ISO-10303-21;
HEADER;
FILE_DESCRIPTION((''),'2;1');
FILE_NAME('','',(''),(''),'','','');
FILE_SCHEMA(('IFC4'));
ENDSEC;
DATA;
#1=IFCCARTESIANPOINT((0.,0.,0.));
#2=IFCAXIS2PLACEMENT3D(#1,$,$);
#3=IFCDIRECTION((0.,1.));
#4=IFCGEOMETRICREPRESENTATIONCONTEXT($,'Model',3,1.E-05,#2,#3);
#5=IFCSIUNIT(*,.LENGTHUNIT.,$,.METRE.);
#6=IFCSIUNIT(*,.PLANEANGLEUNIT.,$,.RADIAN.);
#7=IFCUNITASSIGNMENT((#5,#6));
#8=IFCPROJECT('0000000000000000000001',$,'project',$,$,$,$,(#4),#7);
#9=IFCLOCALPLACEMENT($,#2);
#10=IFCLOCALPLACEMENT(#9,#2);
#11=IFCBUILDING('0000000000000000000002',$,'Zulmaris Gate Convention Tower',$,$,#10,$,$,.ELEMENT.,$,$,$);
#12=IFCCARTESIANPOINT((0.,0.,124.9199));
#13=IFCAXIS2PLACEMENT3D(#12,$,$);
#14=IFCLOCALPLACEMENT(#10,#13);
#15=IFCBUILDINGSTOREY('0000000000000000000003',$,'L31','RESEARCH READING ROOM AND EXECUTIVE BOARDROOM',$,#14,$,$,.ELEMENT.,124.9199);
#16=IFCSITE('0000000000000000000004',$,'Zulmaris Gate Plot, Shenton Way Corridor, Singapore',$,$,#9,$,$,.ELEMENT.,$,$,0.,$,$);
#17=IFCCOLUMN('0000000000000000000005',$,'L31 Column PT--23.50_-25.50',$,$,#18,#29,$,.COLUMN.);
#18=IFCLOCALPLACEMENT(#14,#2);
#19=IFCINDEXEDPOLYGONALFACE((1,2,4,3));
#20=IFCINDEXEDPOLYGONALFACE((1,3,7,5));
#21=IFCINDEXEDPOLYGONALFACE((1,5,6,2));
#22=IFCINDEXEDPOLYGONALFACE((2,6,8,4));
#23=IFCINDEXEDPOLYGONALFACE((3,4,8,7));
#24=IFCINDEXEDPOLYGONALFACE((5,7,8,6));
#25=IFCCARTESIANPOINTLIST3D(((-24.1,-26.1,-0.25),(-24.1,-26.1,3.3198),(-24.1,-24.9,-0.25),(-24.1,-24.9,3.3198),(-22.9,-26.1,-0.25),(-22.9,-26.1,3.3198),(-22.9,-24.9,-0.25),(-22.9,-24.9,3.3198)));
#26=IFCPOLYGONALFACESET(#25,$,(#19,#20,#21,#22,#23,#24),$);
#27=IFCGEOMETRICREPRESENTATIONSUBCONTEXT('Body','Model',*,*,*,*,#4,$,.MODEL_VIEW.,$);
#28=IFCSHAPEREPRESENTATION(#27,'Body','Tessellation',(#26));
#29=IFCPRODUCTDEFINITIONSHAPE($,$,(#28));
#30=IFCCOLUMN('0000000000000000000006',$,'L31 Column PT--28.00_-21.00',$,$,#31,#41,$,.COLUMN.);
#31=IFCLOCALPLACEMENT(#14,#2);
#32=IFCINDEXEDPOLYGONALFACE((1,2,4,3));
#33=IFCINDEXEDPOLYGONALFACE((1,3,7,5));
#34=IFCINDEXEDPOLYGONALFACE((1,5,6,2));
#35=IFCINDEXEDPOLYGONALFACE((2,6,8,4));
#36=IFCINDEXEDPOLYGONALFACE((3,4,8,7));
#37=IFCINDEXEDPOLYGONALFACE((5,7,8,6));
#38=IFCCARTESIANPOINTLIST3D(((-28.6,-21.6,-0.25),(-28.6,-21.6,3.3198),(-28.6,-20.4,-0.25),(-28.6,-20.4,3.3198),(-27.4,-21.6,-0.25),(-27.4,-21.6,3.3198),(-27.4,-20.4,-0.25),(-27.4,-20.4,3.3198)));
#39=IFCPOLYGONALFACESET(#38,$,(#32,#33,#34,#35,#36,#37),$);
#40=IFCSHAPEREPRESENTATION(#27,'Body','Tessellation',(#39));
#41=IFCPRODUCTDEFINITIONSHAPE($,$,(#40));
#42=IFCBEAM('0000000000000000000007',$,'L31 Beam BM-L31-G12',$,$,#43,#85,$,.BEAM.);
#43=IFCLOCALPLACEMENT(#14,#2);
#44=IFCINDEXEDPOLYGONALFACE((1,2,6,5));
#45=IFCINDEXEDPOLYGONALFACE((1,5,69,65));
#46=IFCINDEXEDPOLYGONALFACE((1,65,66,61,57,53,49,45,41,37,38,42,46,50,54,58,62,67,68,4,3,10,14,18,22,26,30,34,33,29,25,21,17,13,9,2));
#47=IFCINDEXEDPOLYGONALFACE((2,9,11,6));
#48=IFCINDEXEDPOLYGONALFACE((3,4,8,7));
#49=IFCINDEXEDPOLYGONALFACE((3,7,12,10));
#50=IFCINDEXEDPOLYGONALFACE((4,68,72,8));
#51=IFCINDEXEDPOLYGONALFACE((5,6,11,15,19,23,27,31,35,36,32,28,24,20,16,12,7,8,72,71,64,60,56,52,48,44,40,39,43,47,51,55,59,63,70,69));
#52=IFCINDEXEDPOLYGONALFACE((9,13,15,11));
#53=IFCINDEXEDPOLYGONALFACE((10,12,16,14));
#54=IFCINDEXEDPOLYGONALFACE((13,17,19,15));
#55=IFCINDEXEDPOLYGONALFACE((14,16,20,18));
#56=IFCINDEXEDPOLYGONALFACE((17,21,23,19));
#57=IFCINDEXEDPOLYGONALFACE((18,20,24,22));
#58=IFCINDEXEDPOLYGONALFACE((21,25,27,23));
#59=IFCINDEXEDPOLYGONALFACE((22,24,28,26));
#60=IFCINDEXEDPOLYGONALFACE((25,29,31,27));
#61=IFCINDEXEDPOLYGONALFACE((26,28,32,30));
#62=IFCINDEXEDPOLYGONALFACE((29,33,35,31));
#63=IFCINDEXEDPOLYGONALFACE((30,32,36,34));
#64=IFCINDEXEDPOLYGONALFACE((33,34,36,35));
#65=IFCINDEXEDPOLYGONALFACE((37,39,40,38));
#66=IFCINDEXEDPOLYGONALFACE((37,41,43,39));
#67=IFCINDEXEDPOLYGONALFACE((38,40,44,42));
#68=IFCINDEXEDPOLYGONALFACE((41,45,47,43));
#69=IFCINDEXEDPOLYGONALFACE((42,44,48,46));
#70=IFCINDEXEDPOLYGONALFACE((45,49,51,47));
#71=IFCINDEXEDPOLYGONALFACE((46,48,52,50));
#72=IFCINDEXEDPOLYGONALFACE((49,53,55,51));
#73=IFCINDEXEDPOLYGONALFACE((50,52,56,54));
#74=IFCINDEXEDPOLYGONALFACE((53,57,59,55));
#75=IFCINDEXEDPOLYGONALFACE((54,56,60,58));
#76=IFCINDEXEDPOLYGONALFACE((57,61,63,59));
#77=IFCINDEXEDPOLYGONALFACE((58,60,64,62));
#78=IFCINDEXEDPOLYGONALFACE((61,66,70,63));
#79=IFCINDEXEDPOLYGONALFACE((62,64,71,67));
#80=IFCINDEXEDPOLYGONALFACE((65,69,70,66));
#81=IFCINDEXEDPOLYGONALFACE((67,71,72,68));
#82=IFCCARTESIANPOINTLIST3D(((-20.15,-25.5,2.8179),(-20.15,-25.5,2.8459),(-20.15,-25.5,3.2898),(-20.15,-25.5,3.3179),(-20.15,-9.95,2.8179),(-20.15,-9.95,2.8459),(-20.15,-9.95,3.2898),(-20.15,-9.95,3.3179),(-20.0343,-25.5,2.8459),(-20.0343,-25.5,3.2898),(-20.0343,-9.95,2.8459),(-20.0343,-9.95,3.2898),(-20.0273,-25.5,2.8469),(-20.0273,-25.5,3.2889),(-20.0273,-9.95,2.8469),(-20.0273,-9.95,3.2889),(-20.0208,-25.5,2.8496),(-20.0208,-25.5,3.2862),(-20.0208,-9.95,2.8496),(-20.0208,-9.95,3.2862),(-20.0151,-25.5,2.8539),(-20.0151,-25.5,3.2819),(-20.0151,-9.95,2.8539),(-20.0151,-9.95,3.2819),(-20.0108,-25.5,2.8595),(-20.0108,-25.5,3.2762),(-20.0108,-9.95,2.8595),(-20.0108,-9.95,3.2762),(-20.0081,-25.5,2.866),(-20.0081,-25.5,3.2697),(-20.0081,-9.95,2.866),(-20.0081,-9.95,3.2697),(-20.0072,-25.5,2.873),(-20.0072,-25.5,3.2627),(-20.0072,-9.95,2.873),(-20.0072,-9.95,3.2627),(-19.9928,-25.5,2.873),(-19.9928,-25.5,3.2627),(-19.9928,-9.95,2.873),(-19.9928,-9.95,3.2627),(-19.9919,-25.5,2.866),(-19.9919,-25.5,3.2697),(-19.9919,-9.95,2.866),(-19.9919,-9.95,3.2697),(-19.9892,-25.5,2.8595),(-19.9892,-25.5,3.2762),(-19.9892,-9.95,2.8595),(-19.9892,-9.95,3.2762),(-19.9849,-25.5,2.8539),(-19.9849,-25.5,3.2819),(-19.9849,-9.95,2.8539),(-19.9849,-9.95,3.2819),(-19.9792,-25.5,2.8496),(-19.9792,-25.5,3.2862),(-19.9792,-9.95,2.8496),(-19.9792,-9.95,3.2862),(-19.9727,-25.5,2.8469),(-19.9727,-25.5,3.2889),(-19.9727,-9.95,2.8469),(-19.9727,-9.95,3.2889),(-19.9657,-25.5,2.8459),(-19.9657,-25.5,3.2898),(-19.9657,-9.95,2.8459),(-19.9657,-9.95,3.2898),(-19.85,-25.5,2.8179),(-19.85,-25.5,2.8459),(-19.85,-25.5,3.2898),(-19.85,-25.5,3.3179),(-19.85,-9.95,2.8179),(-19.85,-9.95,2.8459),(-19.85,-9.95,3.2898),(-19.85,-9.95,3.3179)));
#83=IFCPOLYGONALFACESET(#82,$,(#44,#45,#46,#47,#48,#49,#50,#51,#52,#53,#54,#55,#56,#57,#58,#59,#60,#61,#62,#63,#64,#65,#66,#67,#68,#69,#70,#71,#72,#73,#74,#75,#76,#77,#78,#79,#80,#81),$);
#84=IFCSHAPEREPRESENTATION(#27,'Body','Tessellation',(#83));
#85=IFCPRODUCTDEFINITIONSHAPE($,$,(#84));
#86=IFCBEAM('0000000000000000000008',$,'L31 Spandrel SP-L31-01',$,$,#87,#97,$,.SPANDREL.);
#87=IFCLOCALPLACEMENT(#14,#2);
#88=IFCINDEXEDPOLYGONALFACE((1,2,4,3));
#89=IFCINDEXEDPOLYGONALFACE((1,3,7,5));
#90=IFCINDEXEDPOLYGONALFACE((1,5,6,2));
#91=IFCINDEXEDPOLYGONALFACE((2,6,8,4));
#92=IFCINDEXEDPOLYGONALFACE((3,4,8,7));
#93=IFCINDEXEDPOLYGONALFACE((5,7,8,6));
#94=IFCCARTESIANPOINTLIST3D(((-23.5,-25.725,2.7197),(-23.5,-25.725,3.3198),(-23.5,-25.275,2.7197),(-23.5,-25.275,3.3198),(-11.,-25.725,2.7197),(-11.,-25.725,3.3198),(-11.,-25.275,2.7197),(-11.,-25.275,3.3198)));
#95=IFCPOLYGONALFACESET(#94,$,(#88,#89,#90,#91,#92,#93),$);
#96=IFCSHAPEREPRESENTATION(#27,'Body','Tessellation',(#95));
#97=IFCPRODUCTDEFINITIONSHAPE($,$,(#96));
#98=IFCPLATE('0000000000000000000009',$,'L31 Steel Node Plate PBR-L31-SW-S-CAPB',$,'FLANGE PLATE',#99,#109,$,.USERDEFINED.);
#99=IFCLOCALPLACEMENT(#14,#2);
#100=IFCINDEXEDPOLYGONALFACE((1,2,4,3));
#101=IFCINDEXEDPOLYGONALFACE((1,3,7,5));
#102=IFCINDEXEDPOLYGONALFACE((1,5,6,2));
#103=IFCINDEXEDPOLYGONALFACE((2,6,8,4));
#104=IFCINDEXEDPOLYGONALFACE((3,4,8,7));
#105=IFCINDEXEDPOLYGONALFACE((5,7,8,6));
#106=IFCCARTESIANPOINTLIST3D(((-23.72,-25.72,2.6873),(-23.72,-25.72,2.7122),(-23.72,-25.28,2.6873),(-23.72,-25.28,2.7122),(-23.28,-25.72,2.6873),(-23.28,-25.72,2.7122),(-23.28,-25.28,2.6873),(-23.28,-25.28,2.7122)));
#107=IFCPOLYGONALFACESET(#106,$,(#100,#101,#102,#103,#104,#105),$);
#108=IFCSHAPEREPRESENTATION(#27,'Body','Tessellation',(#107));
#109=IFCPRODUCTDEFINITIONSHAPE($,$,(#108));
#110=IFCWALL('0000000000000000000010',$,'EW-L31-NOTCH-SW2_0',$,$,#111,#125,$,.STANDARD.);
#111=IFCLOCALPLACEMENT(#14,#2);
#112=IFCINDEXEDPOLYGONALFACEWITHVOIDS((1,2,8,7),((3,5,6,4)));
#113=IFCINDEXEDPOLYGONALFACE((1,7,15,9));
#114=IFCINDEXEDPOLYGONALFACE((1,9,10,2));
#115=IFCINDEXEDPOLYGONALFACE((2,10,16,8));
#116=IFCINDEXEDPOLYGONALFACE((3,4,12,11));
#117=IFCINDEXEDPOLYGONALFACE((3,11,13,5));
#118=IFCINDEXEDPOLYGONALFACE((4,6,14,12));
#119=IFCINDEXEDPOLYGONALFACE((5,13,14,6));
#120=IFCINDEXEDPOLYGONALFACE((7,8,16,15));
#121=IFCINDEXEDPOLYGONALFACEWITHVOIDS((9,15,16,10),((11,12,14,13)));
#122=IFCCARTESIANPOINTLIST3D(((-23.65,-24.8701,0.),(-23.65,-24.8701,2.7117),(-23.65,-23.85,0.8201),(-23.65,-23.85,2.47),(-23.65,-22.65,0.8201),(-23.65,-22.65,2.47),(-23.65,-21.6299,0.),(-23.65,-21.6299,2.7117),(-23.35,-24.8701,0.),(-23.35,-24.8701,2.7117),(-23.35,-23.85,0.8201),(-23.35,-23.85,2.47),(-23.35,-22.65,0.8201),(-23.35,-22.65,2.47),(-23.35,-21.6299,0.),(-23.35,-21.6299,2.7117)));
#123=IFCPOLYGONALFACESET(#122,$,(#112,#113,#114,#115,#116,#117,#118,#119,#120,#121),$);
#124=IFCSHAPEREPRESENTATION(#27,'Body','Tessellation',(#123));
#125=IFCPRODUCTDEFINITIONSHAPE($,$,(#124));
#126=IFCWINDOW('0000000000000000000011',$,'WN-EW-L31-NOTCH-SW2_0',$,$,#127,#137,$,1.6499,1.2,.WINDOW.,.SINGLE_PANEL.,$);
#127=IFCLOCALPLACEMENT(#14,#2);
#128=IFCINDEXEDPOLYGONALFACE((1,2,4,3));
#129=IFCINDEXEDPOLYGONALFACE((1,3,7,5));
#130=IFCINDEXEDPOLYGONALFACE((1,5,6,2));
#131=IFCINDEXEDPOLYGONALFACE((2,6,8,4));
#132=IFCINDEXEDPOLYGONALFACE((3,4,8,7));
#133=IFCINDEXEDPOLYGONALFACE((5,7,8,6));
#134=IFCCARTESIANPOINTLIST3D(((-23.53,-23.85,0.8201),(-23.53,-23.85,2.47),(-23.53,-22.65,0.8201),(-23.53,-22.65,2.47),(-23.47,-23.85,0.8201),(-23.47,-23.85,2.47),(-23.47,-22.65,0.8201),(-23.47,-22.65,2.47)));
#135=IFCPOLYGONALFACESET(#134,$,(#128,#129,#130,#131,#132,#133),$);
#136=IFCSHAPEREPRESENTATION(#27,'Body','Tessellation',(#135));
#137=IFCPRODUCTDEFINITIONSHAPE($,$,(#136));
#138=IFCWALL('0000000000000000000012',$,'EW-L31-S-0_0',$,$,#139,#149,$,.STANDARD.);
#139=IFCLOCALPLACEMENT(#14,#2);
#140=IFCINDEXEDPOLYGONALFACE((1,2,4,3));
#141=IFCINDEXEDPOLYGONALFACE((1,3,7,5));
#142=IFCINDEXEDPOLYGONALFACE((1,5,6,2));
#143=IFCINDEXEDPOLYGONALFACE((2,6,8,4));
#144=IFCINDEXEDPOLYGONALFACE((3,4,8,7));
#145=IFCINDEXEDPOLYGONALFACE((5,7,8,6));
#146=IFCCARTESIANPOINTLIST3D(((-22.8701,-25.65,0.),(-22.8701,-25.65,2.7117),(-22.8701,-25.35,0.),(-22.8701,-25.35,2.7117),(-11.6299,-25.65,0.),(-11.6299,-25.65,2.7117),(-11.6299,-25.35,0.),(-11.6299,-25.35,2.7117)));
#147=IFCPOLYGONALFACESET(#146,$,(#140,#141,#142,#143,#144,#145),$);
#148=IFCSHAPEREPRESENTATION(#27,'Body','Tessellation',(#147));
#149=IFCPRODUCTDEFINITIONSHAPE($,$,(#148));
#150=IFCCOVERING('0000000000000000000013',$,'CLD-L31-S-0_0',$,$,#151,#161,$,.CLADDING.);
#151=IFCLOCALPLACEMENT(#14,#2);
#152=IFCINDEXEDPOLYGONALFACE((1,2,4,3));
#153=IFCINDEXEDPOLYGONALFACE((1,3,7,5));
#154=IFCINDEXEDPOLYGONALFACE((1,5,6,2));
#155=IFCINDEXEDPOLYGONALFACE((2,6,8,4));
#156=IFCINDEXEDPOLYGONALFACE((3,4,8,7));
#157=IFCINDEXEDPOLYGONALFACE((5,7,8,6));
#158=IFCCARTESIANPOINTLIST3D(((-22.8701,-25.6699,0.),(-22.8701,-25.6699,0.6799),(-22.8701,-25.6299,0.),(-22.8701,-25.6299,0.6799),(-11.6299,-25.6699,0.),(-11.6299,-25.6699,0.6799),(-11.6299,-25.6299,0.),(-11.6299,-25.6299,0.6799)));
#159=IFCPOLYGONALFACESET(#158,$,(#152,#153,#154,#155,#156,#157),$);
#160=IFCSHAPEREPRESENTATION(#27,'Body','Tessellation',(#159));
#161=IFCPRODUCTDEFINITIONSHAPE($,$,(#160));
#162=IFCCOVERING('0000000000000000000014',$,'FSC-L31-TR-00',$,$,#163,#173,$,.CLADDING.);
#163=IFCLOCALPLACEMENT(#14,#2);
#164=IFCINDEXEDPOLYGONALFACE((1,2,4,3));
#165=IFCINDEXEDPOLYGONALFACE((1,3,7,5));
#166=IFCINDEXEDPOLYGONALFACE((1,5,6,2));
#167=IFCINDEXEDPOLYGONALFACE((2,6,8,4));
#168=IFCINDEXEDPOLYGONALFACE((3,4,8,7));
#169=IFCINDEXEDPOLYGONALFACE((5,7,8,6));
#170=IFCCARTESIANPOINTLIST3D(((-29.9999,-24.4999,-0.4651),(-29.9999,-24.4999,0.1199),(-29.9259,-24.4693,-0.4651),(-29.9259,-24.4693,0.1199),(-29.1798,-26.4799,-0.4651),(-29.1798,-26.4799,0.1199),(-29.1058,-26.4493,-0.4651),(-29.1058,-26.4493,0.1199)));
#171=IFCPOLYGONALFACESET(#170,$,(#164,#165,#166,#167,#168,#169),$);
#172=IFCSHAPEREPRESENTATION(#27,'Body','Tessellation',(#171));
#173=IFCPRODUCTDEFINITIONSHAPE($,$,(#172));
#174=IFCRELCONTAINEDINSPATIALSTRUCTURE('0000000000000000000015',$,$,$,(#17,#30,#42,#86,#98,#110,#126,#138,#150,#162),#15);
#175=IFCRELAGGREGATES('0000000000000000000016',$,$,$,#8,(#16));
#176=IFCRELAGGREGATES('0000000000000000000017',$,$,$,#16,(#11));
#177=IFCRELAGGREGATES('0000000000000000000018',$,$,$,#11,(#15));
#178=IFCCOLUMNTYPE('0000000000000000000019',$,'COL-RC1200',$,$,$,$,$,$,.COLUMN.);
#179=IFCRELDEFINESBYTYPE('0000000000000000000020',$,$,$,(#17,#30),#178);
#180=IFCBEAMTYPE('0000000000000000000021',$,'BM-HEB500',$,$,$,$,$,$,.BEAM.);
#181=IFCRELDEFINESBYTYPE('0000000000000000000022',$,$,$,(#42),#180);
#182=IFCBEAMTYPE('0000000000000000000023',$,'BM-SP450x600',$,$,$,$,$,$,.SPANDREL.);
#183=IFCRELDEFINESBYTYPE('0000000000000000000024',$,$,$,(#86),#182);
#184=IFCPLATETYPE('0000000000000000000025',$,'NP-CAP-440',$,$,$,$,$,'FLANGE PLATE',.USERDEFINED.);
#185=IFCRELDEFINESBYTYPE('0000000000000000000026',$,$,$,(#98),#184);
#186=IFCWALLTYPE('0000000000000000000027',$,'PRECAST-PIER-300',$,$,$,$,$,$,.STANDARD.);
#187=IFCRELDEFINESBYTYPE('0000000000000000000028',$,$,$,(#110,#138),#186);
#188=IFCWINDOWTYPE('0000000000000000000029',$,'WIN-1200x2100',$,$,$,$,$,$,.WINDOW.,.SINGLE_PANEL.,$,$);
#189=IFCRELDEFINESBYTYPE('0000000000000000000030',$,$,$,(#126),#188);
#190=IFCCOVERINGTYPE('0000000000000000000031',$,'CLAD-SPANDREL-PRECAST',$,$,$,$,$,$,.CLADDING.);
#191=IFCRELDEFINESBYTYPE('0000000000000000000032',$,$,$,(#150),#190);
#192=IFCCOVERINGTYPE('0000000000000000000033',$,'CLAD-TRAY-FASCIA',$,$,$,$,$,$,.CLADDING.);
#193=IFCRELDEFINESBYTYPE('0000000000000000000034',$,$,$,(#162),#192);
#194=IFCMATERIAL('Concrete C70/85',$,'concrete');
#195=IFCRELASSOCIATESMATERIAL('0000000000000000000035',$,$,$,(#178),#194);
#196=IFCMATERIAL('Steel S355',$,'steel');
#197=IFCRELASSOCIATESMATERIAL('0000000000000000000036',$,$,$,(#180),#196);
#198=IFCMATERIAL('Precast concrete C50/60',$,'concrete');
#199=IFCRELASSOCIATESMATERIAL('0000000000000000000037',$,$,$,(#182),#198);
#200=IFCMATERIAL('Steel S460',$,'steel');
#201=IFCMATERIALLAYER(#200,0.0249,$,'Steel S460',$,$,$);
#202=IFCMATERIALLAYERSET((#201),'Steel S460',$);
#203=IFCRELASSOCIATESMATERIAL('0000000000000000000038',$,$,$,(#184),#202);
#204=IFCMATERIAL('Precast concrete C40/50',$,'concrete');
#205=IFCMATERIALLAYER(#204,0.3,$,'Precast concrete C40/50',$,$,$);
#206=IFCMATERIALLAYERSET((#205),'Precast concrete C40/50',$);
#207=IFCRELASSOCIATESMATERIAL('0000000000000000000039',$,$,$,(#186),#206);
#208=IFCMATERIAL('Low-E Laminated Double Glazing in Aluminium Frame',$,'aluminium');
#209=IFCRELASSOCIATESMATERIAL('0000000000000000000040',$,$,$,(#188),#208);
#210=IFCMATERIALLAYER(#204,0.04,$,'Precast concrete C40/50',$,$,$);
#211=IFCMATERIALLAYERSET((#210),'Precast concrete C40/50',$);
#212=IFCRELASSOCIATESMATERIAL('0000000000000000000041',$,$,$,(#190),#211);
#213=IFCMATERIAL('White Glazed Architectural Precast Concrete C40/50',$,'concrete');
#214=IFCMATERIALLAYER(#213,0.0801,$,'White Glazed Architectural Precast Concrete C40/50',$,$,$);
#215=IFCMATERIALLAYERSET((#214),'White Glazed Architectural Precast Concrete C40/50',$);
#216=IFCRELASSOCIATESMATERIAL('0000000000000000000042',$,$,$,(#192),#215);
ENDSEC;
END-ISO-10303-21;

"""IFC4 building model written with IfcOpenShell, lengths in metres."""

from ifc_helpers import new_model, si_unit, direction, frame, frame_2d, origin, origin_2d, place, context, subcontext, project, spatial, rectangle, i_section, extrude, material, layer, layer_set, material_profile, profile_set, type_object, element, fill, save


model = new_model("IFC4")

# Units and contexts
model_context = context("Model", 3, precision=1e-05, world=origin(), true_north=direction((0.0, 1.0)))
body_context = subcontext(model_context, "Body", "Model", "MODEL_VIEW")
ifc_project = project(units=[si_unit("LENGTHUNIT", "METRE"), si_unit("PLANEANGLEUNIT", "RADIAN")], contexts=[model_context])

# Site, building, storey
site_placement = place(None, origin())
site = spatial("IfcSite", under=ifc_project, at=site_placement, Name="Zulmaris Gate Plot, Shenton Way Corridor, Singapore", CompositionType="ELEMENT", RefElevation=0.0)
building_placement = place(site_placement, origin())
building = spatial("IfcBuilding", under=site, at=building_placement, Name="Zulmaris Gate Convention Tower", CompositionType="ELEMENT")
storey_placement = place(building_placement, frame((0.0, 0.0, 124.9199)))
storey = spatial("IfcBuildingStorey", under=building, at=storey_placement, Name="L31", Description="RESEARCH READING ROOM AND EXECUTIVE BOARDROOM", CompositionType="ELEMENT", Elevation=124.9199)

# Columns
ifc_material_1 = material(Name="Concrete C70/85", Category="concrete")
ifc_material_profile_1 = material_profile(ifc_material_1, rectangle(XDim=1.2, YDim=1.2, at=origin_2d()), Name="RC COL 1200x1200")
ifc_profile_set_1 = profile_set([ifc_material_profile_1], Name="Concrete C70/85")
column_type = type_object("IfcColumnType", Name="COL-RC1200", PredefinedType="COLUMN", material=ifc_profile_set_1)
for number, where, z_axis, x_axis, name in (
    (1, (-23.5, -25.5, -0.25), (0.0, 0.0, 1.0), (1.0, 0.0, 0.0), "L31 Column PT--23.50_-25.50"),
    (2, (-28.0, -21.0, -0.25), (0.0, 0.0, 1.0), (1.0, 0.0, 0.0), "L31 Column PT--28.00_-21.00"),
):
    element("IfcColumn", number, at=place(storey_placement, frame(where, z_axis=z_axis, x_axis=x_axis)), inside=storey, type_object=column_type, Name=name, PredefinedType="COLUMN", context=body_context, shape_type="SweptSolid", body=[
        extrude(rectangle(XDim=1.2, YDim=1.2, at=origin_2d()), origin(), (0.0, 0.0, 1.0), 3.5698),
    ])

# Beams
ifc_material_2 = material(Name="Steel S355", Category="steel")
ifc_material_profile_2 = material_profile(ifc_material_2, i_section(OverallWidth=0.3, OverallDepth=0.5, WebThickness=0.0144, FlangeThickness=0.0281, FilletRadius=0.0271, at=origin_2d()), Name="HEB 500")
ifc_profile_set_2 = profile_set([ifc_material_profile_2], Name="Steel S355")
beam_type_1 = type_object("IfcBeamType", Name="BM-HEB500", PredefinedType="BEAM", material=ifc_profile_set_2)
beam_1_placement = place(storey_placement, frame((-20.0, -25.5, 3.0679), z_axis=(0.0, 1.0, 0.0), x_axis=(-1.0, 0.0, 0.0)))
element("IfcBeam", 3, at=beam_1_placement, inside=storey, type_object=beam_type_1, Name="L31 Beam BM-L31-G12", PredefinedType="BEAM", context=body_context, shape_type="SweptSolid", body=[
    extrude(i_section(OverallWidth=0.3, OverallDepth=0.5, WebThickness=0.0144, FlangeThickness=0.0281, FilletRadius=0.0271, at=origin_2d()), origin(), (0.0, 0.0, 1.0), 15.55),
])
ifc_material_3 = material(Name="Precast concrete C50/60", Category="concrete")
ifc_material_profile_3 = material_profile(ifc_material_3, rectangle(XDim=0.45, YDim=0.6001, at=origin_2d()), Name="RC SPANDREL 450x600")
ifc_profile_set_3 = profile_set([ifc_material_profile_3], Name="Precast concrete C50/60")
beam_type_2 = type_object("IfcBeamType", Name="BM-SP450x600", PredefinedType="SPANDREL", material=ifc_profile_set_3)
beam_2_placement = place(storey_placement, frame((-23.5, -25.5, 3.0198), z_axis=(1.0, 0.0, 0.0), x_axis=(0.0, 1.0, 0.0)))
element("IfcBeam", 4, at=beam_2_placement, inside=storey, type_object=beam_type_2, Name="L31 Spandrel SP-L31-01", PredefinedType="SPANDREL", context=body_context, shape_type="SweptSolid", body=[
    extrude(rectangle(XDim=0.45, YDim=0.6001, at=origin_2d()), origin(), (0.0, 0.0, 1.0), 12.5),
])

# Plate
ifc_material_4 = material(Name="Steel S460", Category="steel")
ifc_layer_1 = layer(ifc_material_4, 0.0249, Name="Steel S460")
ifc_layer_set_1 = layer_set([ifc_layer_1], Name="Steel S460")
plate_type = type_object("IfcPlateType", Name="NP-CAP-440", ElementType="FLANGE PLATE", PredefinedType="USERDEFINED", material=ifc_layer_set_1)
plate_placement = place(storey_placement, frame((-23.5, -25.5, 2.6873), z_axis=(0.0, 0.0, 1.0), x_axis=(1.0, 0.0, 0.0)))
element("IfcPlate", 5, at=plate_placement, inside=storey, type_object=plate_type, Name="L31 Steel Node Plate PBR-L31-SW-S-CAPB", ObjectType="FLANGE PLATE", PredefinedType="USERDEFINED", context=body_context, shape_type="SweptSolid", body=[
    extrude(rectangle(XDim=0.4399, YDim=0.4399, at=origin_2d()), origin(), (0.0, 0.0, 1.0), 0.0249),
])

# Wall, opening, window
ifc_material_5 = material(Name="Precast concrete C40/50", Category="concrete")
ifc_layer_2 = layer(ifc_material_5, 0.3, Name="Precast concrete C40/50")
ifc_layer_set_2 = layer_set([ifc_layer_2], Name="Precast concrete C40/50")
wall_type = type_object("IfcWallType", Name="PRECAST-PIER-300", PredefinedType="STANDARD", material=ifc_layer_set_2)
wall_1_placement = place(storey_placement, frame((-23.5, -21.6299, 0.0), z_axis=(0.0, 0.0, 1.0), x_axis=(0.0, -1.0, 0.0)))
wall_1 = element("IfcWall", 6, at=wall_1_placement, inside=storey, type_object=wall_type, Name="EW-L31-NOTCH-SW2_0", PredefinedType="STANDARD", context=body_context, shape_type="SweptSolid", body=[
    extrude(rectangle(XDim=3.2402, YDim=0.3, at=frame_2d((1.6201, 0.0))), origin(), (0.0, 0.0, 1.0), 2.7117),
])
opening_placement = place(wall_1_placement, frame((1.02, 0.0, 0.8201)))
opening = element("IfcOpeningElement", 7, at=opening_placement, cuts=wall_1, PredefinedType="OPENING", context=body_context, shape_type="SweptSolid", body=[
    extrude(rectangle(XDim=1.2, YDim=1.6499, at=frame_2d((0.6001, 0.825))), frame((0.0, 0.1602, 0.0), z_axis=(0.0, -1.0, 0.0), x_axis=(1.0, 0.0, 0.0)), (0.0, 0.0, 1.0), 0.3201),
])
ifc_material_6 = material(Name="Low-E Laminated Double Glazing in Aluminium Frame", Category="aluminium")
window_type = type_object("IfcWindowType", Name="WIN-1200x2100", PartitioningType="SINGLE_PANEL", PredefinedType="WINDOW", material=ifc_material_6)
window_placement = place(opening_placement, origin())
window = element("IfcWindow", 8, at=window_placement, inside=storey, type_object=window_type, Name="WN-EW-L31-NOTCH-SW2_0", OverallHeight=1.6499, OverallWidth=1.2, PartitioningType="SINGLE_PANEL", PredefinedType="WINDOW", context=body_context, shape_type="SweptSolid", body=[
    extrude(rectangle(XDim=1.2, YDim=1.6499, at=frame_2d((0.6001, 0.825))), frame((0.0, 0.03, 0.0), z_axis=(0.0, -1.0, 0.0), x_axis=(1.0, 0.0, 0.0)), (0.0, 0.0, 1.0), 0.0601),
])
fill(opening, window)

# Wall
wall_2_placement = place(storey_placement, frame((-22.8701, -25.5, 0.0), z_axis=(0.0, 0.0, 1.0), x_axis=(1.0, 0.0, 0.0)))
element("IfcWall", 9, at=wall_2_placement, inside=storey, type_object=wall_type, Name="EW-L31-S-0_0", PredefinedType="STANDARD", context=body_context, shape_type="SweptSolid", body=[
    extrude(rectangle(XDim=11.2402, YDim=0.3, at=frame_2d((5.6201, 0.0))), origin(), (0.0, 0.0, 1.0), 2.7117),
])

# Coverings
ifc_layer_3 = layer(ifc_material_5, 0.04, Name="Precast concrete C40/50")
ifc_layer_set_3 = layer_set([ifc_layer_3], Name="Precast concrete C40/50")
covering_type_1 = type_object("IfcCoveringType", Name="CLAD-SPANDREL-PRECAST", PredefinedType="CLADDING", material=ifc_layer_set_3)
covering_1_placement = place(storey_placement, frame((-22.8701, -25.6499, 0.0), z_axis=(0.0, 0.0, 1.0), x_axis=(1.0, 0.0, 0.0)))
element("IfcCovering", 10, at=covering_1_placement, inside=storey, type_object=covering_type_1, Name="CLD-L31-S-0_0", PredefinedType="CLADDING", context=body_context, shape_type="SweptSolid", body=[
    extrude(rectangle(XDim=11.2402, YDim=0.04, at=frame_2d((5.6201, 0.0))), origin(), (0.0, 0.0, 1.0), 0.6799),
])
ifc_material_7 = material(Name="White Glazed Architectural Precast Concrete C40/50", Category="concrete")
ifc_layer_4 = layer(ifc_material_7, 0.0801, Name="White Glazed Architectural Precast Concrete C40/50")
ifc_layer_set_4 = layer_set([ifc_layer_4], Name="White Glazed Architectural Precast Concrete C40/50")
covering_type_2 = type_object("IfcCoveringType", Name="CLAD-TRAY-FASCIA", PredefinedType="CLADDING", material=ifc_layer_set_4)
covering_2_placement = place(storey_placement, frame((-29.9629, -24.4846, -0.4651), z_axis=(0.0, 0.0, 1.0), x_axis=(0.382657, -0.92389, 0.0)))
element("IfcCovering", 11, at=covering_2_placement, inside=storey, type_object=covering_type_2, Name="FSC-L31-TR-00", PredefinedType="CLADDING", context=body_context, shape_type="SweptSolid", body=[
    extrude(rectangle(XDim=2.1431, YDim=0.0801, at=frame_2d((1.0715, 0.0))), origin(), (0.0, 0.0, 1.0), 0.585),
])

save(model, "model.ifc")
